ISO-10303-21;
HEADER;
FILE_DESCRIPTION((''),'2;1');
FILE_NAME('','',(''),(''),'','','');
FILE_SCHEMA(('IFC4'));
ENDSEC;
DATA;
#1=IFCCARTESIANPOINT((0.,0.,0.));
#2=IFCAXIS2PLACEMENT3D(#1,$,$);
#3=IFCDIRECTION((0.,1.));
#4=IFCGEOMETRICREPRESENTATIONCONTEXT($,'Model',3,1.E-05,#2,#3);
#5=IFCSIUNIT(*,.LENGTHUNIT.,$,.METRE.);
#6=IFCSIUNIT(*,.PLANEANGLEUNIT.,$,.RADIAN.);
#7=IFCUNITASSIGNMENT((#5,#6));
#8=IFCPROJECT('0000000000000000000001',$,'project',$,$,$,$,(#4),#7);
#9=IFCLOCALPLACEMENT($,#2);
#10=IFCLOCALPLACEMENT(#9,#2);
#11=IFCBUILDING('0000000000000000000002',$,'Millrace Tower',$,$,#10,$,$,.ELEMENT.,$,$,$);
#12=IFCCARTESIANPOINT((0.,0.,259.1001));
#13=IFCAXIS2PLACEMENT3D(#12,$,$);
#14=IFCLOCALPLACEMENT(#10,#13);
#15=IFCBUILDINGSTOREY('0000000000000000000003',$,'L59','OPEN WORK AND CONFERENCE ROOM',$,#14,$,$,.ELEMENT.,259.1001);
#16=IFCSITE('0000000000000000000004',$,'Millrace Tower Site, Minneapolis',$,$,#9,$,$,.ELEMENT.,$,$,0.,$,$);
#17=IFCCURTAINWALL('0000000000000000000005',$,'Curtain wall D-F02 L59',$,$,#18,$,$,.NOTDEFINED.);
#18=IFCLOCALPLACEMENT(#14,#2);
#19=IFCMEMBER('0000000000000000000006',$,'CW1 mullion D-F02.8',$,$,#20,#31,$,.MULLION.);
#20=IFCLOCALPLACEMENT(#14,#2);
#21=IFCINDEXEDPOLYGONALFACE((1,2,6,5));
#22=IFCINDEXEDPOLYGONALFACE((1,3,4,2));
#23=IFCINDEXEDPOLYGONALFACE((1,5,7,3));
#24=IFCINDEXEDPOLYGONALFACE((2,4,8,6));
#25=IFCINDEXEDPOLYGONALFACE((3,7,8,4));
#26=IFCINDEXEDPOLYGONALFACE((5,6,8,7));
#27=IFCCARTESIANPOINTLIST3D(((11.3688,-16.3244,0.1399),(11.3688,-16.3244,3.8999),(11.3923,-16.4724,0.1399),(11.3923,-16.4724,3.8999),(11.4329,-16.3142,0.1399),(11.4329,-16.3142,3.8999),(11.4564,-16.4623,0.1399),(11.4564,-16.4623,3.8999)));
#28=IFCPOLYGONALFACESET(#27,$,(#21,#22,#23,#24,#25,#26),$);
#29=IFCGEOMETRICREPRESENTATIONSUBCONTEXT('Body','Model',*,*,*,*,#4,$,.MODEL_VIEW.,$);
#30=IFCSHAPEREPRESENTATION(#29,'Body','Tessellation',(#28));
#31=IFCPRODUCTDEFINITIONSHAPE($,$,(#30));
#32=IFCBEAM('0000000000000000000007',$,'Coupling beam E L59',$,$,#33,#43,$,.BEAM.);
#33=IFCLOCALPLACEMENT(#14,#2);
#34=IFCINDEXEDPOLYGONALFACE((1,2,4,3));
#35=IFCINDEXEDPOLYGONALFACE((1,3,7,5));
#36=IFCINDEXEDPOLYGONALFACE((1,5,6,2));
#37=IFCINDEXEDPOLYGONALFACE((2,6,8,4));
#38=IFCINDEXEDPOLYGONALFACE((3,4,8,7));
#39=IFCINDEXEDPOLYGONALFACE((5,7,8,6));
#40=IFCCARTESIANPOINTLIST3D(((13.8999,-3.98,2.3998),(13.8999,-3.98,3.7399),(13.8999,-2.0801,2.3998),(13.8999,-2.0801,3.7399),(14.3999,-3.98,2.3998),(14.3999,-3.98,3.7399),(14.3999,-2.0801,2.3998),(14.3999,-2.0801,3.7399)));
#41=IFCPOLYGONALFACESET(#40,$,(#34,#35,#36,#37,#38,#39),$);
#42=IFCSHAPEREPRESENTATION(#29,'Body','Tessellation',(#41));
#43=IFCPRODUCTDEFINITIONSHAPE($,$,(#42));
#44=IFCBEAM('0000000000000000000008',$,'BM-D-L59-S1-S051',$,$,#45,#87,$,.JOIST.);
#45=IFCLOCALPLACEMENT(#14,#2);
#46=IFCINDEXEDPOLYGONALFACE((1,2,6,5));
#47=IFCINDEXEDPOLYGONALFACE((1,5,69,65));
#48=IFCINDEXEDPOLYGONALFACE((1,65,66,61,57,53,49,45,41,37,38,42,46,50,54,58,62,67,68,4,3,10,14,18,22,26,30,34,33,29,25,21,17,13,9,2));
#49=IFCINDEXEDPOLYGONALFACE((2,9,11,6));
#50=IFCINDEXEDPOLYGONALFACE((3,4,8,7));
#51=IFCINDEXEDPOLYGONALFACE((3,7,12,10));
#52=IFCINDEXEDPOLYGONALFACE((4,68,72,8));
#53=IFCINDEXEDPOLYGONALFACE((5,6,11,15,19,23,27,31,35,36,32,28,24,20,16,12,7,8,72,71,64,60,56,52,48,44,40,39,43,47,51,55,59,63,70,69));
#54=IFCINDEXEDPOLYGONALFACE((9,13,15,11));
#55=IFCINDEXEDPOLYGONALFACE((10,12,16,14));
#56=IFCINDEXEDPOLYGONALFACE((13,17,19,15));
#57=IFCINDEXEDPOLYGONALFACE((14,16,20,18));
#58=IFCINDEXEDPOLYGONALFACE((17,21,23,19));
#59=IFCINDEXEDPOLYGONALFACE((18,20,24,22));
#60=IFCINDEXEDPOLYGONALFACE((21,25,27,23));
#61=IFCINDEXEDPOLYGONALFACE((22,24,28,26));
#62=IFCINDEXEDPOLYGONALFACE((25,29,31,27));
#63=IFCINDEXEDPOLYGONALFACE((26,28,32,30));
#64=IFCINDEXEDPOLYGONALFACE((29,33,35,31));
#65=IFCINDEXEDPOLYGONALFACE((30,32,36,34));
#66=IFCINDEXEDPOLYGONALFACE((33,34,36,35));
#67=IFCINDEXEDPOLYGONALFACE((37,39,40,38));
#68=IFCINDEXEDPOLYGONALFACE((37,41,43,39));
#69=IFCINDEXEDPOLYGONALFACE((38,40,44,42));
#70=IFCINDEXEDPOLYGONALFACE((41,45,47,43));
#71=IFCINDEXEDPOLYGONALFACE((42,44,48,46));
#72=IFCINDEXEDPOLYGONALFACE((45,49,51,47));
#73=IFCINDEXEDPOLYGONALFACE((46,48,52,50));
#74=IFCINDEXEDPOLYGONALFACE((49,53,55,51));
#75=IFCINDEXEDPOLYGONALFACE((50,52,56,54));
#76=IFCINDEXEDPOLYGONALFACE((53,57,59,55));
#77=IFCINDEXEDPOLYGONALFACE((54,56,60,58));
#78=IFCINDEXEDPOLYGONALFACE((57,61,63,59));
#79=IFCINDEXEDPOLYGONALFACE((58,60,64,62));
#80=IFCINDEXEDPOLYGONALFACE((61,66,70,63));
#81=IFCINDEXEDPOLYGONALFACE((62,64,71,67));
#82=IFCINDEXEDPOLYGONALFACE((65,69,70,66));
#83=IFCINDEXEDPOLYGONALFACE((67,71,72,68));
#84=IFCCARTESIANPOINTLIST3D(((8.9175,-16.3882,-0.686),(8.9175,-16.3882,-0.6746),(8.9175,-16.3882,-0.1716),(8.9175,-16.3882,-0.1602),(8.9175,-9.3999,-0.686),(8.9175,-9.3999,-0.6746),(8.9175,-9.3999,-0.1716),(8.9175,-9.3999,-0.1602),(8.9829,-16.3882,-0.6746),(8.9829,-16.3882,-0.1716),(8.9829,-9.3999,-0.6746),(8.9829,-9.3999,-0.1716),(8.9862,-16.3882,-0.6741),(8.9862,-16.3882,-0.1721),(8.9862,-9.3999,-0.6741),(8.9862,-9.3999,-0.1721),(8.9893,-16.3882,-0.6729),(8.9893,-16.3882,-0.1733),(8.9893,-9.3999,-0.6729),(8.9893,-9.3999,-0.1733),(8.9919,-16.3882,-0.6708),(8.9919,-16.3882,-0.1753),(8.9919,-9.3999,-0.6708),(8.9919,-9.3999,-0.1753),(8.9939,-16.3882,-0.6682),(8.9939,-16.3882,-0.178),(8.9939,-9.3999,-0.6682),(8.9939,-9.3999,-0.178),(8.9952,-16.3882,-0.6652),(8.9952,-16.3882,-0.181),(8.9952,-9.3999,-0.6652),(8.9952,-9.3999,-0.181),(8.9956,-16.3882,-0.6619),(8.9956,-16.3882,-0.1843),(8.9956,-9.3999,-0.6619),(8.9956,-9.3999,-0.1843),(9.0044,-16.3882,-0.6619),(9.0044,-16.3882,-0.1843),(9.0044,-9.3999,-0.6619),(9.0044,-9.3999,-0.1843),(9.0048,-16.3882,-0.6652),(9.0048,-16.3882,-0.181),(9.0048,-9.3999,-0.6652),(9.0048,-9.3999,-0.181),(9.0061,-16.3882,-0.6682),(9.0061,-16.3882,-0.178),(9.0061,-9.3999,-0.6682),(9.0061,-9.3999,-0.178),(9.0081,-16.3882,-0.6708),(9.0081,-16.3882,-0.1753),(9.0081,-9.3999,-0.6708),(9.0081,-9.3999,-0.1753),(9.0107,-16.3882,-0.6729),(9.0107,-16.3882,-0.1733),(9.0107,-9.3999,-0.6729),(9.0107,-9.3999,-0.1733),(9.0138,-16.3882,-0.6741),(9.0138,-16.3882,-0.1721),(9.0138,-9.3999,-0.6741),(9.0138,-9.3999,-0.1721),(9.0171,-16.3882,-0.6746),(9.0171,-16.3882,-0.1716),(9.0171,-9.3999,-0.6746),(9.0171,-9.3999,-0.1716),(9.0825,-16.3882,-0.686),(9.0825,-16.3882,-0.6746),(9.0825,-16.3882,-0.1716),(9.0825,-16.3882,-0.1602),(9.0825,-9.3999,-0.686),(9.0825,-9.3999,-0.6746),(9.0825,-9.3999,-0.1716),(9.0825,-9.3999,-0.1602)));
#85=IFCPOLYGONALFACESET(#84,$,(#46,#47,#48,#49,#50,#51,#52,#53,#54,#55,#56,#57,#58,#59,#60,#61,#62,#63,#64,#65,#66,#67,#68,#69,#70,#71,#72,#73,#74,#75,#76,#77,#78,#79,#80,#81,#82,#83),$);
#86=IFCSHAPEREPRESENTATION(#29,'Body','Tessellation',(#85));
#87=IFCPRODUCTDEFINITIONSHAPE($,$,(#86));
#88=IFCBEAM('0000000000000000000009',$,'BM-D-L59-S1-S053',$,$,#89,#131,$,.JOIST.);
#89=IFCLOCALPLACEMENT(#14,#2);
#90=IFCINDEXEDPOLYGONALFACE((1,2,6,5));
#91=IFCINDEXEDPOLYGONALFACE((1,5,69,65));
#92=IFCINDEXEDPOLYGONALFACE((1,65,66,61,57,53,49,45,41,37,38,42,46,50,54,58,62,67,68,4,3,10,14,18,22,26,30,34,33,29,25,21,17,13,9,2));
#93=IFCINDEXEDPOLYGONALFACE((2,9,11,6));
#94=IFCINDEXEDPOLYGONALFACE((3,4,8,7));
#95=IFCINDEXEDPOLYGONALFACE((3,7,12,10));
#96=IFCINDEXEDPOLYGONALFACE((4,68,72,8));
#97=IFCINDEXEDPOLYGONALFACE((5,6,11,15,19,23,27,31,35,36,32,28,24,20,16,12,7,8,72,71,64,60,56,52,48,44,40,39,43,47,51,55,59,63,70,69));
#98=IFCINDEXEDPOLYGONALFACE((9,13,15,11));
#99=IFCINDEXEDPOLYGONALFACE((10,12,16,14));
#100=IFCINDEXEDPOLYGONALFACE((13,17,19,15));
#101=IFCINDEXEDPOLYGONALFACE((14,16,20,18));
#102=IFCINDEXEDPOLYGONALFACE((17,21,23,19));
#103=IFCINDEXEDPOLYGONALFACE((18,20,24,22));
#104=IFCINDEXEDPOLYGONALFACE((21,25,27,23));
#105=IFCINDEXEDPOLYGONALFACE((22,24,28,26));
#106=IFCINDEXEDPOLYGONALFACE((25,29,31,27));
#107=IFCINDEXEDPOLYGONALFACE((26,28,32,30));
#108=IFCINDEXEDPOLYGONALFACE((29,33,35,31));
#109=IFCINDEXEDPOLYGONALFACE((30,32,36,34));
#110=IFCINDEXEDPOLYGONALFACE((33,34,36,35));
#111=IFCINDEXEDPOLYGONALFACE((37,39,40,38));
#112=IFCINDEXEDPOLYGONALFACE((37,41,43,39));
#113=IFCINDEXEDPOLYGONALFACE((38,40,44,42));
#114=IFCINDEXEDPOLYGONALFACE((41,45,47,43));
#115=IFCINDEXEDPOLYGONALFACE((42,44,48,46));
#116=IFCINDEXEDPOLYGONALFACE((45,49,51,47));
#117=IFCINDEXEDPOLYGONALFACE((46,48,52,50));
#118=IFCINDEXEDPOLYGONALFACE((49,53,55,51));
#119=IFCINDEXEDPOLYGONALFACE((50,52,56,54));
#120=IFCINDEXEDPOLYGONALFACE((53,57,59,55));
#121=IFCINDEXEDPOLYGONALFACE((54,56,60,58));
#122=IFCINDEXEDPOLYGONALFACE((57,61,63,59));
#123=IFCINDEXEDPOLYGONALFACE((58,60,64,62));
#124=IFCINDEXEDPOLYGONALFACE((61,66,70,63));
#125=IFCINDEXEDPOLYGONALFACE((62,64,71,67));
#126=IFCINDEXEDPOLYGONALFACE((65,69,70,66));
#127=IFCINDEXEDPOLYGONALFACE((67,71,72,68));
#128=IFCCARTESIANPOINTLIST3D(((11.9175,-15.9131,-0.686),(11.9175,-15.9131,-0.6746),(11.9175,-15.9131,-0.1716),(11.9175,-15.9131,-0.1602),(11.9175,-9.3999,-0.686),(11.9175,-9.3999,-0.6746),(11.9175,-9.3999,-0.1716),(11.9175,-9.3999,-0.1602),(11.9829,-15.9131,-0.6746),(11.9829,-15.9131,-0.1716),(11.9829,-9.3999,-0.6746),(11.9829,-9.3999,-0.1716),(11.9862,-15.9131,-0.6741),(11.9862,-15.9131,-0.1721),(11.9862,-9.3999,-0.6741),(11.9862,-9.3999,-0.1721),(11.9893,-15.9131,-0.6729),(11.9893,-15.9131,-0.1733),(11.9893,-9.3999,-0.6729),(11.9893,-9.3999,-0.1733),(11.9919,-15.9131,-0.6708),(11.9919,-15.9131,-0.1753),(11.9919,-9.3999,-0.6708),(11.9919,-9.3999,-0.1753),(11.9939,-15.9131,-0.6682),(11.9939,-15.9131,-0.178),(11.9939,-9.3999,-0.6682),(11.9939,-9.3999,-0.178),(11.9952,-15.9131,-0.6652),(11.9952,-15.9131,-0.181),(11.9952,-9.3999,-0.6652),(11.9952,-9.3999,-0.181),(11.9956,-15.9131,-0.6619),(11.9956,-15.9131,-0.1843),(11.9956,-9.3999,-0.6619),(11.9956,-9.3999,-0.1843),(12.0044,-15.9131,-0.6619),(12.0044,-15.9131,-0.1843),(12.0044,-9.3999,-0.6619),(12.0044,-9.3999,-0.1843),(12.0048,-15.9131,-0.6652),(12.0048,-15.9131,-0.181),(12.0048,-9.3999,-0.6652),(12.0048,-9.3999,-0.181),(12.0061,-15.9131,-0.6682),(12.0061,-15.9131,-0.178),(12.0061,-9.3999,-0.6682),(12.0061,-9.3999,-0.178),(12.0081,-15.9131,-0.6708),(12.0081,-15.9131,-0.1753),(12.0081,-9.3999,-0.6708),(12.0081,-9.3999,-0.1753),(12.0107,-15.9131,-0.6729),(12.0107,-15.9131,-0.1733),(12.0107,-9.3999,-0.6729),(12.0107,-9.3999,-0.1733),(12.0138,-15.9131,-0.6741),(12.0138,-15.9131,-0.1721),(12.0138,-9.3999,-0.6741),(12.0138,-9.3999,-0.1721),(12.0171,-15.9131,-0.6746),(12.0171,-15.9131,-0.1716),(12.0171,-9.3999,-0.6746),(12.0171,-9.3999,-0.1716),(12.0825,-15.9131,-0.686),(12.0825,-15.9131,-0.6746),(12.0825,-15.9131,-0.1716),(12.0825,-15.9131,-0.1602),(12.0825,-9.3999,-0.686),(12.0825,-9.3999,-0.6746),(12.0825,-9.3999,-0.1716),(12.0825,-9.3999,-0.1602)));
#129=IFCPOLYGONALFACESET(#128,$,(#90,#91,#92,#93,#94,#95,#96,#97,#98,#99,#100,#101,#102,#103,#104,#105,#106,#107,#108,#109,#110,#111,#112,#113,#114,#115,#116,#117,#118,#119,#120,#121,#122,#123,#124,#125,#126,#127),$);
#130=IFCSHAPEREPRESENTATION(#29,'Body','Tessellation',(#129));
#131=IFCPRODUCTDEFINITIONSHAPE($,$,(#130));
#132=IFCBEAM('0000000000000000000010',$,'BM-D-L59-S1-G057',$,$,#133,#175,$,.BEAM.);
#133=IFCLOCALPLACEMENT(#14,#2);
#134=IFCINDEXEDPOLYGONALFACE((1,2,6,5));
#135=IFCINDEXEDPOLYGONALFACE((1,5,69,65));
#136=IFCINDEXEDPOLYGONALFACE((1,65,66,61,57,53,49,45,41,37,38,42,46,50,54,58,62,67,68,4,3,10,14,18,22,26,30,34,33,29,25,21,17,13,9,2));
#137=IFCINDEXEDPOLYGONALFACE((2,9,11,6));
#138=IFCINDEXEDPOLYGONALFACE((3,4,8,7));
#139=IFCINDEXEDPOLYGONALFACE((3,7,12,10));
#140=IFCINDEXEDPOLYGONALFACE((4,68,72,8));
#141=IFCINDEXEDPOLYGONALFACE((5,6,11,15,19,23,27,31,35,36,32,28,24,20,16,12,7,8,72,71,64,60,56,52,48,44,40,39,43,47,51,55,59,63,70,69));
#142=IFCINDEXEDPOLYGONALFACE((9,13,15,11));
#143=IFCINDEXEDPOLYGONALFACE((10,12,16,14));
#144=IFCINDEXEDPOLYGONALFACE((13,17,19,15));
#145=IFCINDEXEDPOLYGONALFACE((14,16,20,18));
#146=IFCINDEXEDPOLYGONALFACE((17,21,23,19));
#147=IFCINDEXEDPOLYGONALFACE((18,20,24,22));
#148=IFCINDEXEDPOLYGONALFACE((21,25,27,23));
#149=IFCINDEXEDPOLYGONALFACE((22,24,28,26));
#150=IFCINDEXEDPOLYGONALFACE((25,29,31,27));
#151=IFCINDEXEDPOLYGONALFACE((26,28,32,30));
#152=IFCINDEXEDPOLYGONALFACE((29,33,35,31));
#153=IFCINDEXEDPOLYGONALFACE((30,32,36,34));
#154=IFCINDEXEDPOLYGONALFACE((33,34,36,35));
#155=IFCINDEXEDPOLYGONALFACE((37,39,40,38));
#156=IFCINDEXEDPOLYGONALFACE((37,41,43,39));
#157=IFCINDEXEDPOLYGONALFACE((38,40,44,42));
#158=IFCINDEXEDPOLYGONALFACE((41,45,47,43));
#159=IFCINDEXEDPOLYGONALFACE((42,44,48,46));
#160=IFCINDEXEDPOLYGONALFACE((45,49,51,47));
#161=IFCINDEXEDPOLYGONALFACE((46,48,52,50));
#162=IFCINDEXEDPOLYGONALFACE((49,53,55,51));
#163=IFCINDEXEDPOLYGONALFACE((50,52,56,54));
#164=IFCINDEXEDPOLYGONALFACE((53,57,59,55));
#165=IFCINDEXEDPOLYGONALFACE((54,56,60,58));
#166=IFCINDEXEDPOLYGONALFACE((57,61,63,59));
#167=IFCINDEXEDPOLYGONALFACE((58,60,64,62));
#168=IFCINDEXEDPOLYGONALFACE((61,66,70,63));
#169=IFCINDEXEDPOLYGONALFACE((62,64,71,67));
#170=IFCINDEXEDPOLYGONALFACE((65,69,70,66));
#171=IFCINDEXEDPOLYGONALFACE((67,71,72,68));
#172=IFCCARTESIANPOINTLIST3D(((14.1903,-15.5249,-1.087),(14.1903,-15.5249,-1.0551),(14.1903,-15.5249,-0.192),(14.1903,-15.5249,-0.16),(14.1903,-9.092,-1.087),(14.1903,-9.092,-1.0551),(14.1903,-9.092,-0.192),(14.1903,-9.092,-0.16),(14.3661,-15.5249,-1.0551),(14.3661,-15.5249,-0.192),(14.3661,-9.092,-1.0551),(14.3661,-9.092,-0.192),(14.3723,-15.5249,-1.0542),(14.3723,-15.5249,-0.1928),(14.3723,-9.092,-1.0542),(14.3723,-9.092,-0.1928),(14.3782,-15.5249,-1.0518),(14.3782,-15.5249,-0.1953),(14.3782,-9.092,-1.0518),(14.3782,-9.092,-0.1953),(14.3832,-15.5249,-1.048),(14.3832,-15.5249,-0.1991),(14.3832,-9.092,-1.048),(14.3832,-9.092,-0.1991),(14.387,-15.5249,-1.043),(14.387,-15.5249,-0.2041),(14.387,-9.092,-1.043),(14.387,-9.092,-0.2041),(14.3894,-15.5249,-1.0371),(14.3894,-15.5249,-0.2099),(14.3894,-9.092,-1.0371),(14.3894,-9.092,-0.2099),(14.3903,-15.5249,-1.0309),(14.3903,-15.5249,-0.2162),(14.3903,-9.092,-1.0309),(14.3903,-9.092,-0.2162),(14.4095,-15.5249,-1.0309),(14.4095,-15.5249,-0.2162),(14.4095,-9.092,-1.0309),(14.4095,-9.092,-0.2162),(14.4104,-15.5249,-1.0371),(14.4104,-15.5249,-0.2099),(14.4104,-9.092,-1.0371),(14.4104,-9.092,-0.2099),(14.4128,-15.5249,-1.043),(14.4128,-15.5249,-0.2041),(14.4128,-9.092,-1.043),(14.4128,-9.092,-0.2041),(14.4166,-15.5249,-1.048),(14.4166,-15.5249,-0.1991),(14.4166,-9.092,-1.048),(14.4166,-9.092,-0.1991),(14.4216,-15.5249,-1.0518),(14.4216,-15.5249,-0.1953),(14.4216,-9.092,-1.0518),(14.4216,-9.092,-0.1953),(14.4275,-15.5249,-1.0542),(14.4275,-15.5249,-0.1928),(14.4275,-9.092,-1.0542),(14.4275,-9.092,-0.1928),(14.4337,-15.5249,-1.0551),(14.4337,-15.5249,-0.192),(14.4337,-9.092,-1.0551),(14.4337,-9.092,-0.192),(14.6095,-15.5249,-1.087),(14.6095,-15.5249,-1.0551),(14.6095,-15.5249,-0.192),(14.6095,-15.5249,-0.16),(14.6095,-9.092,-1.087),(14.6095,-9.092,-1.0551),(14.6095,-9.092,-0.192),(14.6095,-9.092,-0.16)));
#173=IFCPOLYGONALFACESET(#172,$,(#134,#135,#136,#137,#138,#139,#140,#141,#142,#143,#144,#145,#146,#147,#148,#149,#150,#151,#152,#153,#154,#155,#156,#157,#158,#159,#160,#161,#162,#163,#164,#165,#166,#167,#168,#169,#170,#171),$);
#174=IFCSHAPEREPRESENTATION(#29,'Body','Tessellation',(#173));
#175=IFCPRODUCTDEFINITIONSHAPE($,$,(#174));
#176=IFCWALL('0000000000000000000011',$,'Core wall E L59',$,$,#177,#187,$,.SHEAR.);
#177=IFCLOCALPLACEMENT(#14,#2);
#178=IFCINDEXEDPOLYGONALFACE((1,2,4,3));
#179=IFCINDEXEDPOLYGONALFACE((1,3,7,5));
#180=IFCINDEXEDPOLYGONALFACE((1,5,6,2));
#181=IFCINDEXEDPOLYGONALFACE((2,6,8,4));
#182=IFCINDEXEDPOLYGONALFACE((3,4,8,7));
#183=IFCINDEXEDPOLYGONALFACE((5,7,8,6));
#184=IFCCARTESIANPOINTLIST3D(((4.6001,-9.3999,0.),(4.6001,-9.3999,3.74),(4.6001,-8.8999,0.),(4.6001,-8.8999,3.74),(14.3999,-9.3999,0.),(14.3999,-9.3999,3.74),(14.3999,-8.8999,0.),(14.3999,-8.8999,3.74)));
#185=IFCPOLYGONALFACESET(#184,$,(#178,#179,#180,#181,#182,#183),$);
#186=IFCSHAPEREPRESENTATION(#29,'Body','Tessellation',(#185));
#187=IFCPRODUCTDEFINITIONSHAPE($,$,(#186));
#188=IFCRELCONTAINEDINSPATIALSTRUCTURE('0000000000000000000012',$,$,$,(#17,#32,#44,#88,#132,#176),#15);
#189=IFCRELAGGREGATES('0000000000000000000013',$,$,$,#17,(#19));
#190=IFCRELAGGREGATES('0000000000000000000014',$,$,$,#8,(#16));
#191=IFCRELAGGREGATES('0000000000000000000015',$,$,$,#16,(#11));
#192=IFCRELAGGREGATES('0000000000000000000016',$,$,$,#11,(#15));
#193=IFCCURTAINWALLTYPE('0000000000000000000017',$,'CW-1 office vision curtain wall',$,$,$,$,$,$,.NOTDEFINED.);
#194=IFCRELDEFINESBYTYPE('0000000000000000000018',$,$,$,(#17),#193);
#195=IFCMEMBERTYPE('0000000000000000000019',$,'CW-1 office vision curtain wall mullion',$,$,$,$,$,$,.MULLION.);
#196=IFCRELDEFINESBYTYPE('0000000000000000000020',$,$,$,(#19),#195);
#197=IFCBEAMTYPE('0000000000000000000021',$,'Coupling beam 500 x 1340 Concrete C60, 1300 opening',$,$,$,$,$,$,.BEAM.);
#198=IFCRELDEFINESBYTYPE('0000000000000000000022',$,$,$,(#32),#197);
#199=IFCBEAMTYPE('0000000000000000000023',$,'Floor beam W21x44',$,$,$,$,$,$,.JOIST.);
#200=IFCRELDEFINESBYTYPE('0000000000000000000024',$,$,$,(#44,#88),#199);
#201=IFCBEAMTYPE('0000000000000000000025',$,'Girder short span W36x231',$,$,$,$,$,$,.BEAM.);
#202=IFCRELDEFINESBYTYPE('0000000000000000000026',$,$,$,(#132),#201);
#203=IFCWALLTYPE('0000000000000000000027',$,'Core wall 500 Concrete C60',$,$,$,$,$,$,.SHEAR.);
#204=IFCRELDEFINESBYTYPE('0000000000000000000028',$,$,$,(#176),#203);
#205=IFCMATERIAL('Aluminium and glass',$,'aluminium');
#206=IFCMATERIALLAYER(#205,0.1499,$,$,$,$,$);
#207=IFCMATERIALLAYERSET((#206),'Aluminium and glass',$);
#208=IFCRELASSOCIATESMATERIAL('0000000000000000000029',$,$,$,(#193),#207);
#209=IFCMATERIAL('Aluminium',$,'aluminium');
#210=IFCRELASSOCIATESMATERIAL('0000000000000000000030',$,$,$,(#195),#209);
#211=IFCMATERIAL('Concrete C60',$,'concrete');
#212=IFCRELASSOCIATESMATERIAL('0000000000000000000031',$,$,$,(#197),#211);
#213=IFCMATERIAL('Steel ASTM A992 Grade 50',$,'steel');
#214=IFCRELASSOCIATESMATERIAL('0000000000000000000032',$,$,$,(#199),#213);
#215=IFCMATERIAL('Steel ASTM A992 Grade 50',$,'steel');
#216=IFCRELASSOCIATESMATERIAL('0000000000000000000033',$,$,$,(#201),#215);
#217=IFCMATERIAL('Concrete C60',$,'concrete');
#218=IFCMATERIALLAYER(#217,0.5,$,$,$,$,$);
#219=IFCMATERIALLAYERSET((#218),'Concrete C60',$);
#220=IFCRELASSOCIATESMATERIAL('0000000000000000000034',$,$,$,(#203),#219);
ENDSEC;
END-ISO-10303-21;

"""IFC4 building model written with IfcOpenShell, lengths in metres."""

from ifc_helpers import new_model, si_unit, direction, frame, frame_2d, origin, origin_2d, place, context, subcontext, project, spatial, rectangle, i_section, extrude, material, layer, layer_set, material_profile, profile_set, type_object, element, aggregate, save


model = new_model("IFC4")

# Units and contexts
model_context = context("Model", 3, precision=1e-05, world=origin(), true_north=direction((0.0, 1.0)))
body_context = subcontext(model_context, "Body", "Model", "MODEL_VIEW")
ifc_project = project(units=[si_unit("LENGTHUNIT", "METRE"), si_unit("PLANEANGLEUNIT", "RADIAN")], contexts=[model_context])

# Site, building, storey
site_placement = place(None, origin())
site = spatial("IfcSite", under=ifc_project, at=site_placement, Name="Millrace Tower Site, Minneapolis", CompositionType="ELEMENT", RefElevation=0.0)
building_placement = place(site_placement, origin())
building = spatial("IfcBuilding", under=site, at=building_placement, Name="Millrace Tower", CompositionType="ELEMENT")
storey_placement = place(building_placement, frame((0.0, 0.0, 259.1001)))
storey = spatial("IfcBuildingStorey", under=building, at=storey_placement, Name="L59", Description="OPEN WORK AND CONFERENCE ROOM", CompositionType="ELEMENT", Elevation=259.1001)

# Curtain wall, member
ifc_material_1 = material(Name="Aluminium and glass", Category="aluminium")
ifc_layer_1 = layer(ifc_material_1, 0.1499)
ifc_layer_set_1 = layer_set([ifc_layer_1], Name="Aluminium and glass")
curtain_wall_type = type_object("IfcCurtainWallType", Name="CW-1 office vision curtain wall", PredefinedType="NOTDEFINED", material=ifc_layer_set_1)
placement = place(storey_placement, origin())
curtain_wall = element("IfcCurtainWall", 1, at=placement, inside=storey, type_object=curtain_wall_type, Name="Curtain wall D-F02 L59", PredefinedType="NOTDEFINED")
ifc_material_2 = material(Name="Aluminium", Category="aluminium")
ifc_material_profile_1 = material_profile(ifc_material_2, rectangle(XDim=0.0649, YDim=0.1499, at=origin_2d()))
ifc_profile_set_1 = profile_set([ifc_material_profile_1], Name="Aluminium")
member_type = type_object("IfcMemberType", Name="CW-1 office vision curtain wall mullion", PredefinedType="MULLION", material=ifc_profile_set_1)
member_placement = place(storey_placement, frame((11.4126, -16.3933, 0.1399), z_axis=(0.0, 0.0, 1.0), x_axis=(0.987688, 0.156434, 0.0)))
member = element("IfcMember", 2, at=member_placement, type_object=member_type, Name="CW1 mullion D-F02.8", PredefinedType="MULLION", context=body_context, shape_type="SweptSolid", body=[
    extrude(rectangle(XDim=0.0649, YDim=0.1499, at=origin_2d()), origin(), (0.0, 0.0, 1.0), 3.76),
])
aggregate(curtain_wall, [member])

# Beams
ifc_material_3 = material(Name="Concrete C60", Category="concrete")
ifc_material_profile_2 = material_profile(ifc_material_3, rectangle(XDim=0.5, YDim=1.3401, at=origin_2d()))
ifc_profile_set_2 = profile_set([ifc_material_profile_2], Name="Concrete C60")
beam_type_1 = type_object("IfcBeamType", Name="Coupling beam 500 x 1340 Concrete C60, 1300 opening", PredefinedType="BEAM", material=ifc_profile_set_2)
beam_1_placement = place(storey_placement, frame((14.1499, -2.0801, 3.0698), z_axis=(0.0, -1.0, 0.0), x_axis=(1.0, 0.0, 0.0)))
element("IfcBeam", 3, at=beam_1_placement, inside=storey, type_object=beam_type_1, Name="Coupling beam E L59", PredefinedType="BEAM", context=body_context, shape_type="SweptSolid", body=[
    extrude(rectangle(XDim=0.5, YDim=1.3401, at=origin_2d()), origin(), (0.0, 0.0, 1.0), 1.8999),
])
ifc_material_4 = material(Name="Steel ASTM A992 Grade 50", Category="steel")
ifc_material_profile_3 = material_profile(ifc_material_4, i_section(OverallWidth=0.165, OverallDepth=0.5259, WebThickness=0.0088, FlangeThickness=0.0115, FilletRadius=0.0127, at=origin_2d()))
ifc_profile_set_3 = profile_set([ifc_material_profile_3], Name="Steel ASTM A992 Grade 50")
beam_type_2 = type_object("IfcBeamType", Name="Floor beam W21x44", PredefinedType="JOIST", material=ifc_profile_set_3)
beam_2_placement = place(storey_placement, frame((9.0, -16.3882, -0.4231), z_axis=(0.0, 1.0, 0.0), x_axis=(-1.0, 0.0, 0.0)))
element("IfcBeam", 4, at=beam_2_placement, inside=storey, type_object=beam_type_2, Name="BM-D-L59-S1-S051", PredefinedType="JOIST", context=body_context, shape_type="SweptSolid", body=[
    extrude(i_section(OverallWidth=0.165, OverallDepth=0.5259, WebThickness=0.0088, FlangeThickness=0.0115, FilletRadius=0.0127, at=origin_2d()), origin(), (0.0, 0.0, 1.0), 6.9883),
])
beam_3_placement = place(storey_placement, frame((12.0, -15.9131, -0.4231), z_axis=(0.0, 1.0, 0.0), x_axis=(-1.0, 0.0, 0.0)))
element("IfcBeam", 5, at=beam_3_placement, inside=storey, type_object=beam_type_2, Name="BM-D-L59-S1-S053", PredefinedType="JOIST", context=body_context, shape_type="SweptSolid", body=[
    extrude(i_section(OverallWidth=0.165, OverallDepth=0.5259, WebThickness=0.0088, FlangeThickness=0.0115, FilletRadius=0.0127, at=origin_2d()), origin(), (0.0, 0.0, 1.0), 6.5132),
])
ifc_material_5 = material(Name="Steel ASTM A992 Grade 50", Category="steel")
ifc_material_profile_4 = material_profile(ifc_material_5, i_section(OverallWidth=0.4192, OverallDepth=0.927, WebThickness=0.0193, FlangeThickness=0.032, FilletRadius=0.0242, at=origin_2d()))
ifc_profile_set_4 = profile_set([ifc_material_profile_4], Name="Steel ASTM A992 Grade 50")
beam_type_3 = type_object("IfcBeamType", Name="Girder short span W36x231", PredefinedType="BEAM", material=ifc_profile_set_4)
beam_4_placement = place(storey_placement, frame((14.3999, -15.5249, -0.6235), z_axis=(0.0, 1.0, 0.0), x_axis=(-1.0, 0.0, 0.0)))
element("IfcBeam", 6, at=beam_4_placement, inside=storey, type_object=beam_type_3, Name="BM-D-L59-S1-G057", PredefinedType="BEAM", context=body_context, shape_type="SweptSolid", body=[
    extrude(i_section(OverallWidth=0.4192, OverallDepth=0.927, WebThickness=0.0193, FlangeThickness=0.032, FilletRadius=0.0242, at=origin_2d()), origin(), (0.0, 0.0, 1.0), 6.4329),
])

# Wall
ifc_material_6 = material(Name="Concrete C60", Category="concrete")
ifc_layer_2 = layer(ifc_material_6, 0.5)
ifc_layer_set_2 = layer_set([ifc_layer_2], Name="Concrete C60")
wall_type_1 = type_object("IfcWallType", Name="Core wall 500 Concrete C60", PredefinedType="SHEAR", material=ifc_layer_set_2)
wall_1_placement = place(storey_placement, frame((14.3999, -9.1499, 0.0), z_axis=(0.0, 0.0, 1.0), x_axis=(-1.0, 0.0, 0.0)))
element("IfcWall", 7, at=wall_1_placement, inside=storey, type_object=wall_type_1, Name="Core wall E L59", PredefinedType="SHEAR", context=body_context, shape_type="SweptSolid", body=[
    extrude(rectangle(XDim=9.7998, YDim=0.5, at=frame_2d((4.8999, 0.0))), origin(), (0.0, 0.0, 1.0), 3.74),
])

save(model, "model.ifc")
